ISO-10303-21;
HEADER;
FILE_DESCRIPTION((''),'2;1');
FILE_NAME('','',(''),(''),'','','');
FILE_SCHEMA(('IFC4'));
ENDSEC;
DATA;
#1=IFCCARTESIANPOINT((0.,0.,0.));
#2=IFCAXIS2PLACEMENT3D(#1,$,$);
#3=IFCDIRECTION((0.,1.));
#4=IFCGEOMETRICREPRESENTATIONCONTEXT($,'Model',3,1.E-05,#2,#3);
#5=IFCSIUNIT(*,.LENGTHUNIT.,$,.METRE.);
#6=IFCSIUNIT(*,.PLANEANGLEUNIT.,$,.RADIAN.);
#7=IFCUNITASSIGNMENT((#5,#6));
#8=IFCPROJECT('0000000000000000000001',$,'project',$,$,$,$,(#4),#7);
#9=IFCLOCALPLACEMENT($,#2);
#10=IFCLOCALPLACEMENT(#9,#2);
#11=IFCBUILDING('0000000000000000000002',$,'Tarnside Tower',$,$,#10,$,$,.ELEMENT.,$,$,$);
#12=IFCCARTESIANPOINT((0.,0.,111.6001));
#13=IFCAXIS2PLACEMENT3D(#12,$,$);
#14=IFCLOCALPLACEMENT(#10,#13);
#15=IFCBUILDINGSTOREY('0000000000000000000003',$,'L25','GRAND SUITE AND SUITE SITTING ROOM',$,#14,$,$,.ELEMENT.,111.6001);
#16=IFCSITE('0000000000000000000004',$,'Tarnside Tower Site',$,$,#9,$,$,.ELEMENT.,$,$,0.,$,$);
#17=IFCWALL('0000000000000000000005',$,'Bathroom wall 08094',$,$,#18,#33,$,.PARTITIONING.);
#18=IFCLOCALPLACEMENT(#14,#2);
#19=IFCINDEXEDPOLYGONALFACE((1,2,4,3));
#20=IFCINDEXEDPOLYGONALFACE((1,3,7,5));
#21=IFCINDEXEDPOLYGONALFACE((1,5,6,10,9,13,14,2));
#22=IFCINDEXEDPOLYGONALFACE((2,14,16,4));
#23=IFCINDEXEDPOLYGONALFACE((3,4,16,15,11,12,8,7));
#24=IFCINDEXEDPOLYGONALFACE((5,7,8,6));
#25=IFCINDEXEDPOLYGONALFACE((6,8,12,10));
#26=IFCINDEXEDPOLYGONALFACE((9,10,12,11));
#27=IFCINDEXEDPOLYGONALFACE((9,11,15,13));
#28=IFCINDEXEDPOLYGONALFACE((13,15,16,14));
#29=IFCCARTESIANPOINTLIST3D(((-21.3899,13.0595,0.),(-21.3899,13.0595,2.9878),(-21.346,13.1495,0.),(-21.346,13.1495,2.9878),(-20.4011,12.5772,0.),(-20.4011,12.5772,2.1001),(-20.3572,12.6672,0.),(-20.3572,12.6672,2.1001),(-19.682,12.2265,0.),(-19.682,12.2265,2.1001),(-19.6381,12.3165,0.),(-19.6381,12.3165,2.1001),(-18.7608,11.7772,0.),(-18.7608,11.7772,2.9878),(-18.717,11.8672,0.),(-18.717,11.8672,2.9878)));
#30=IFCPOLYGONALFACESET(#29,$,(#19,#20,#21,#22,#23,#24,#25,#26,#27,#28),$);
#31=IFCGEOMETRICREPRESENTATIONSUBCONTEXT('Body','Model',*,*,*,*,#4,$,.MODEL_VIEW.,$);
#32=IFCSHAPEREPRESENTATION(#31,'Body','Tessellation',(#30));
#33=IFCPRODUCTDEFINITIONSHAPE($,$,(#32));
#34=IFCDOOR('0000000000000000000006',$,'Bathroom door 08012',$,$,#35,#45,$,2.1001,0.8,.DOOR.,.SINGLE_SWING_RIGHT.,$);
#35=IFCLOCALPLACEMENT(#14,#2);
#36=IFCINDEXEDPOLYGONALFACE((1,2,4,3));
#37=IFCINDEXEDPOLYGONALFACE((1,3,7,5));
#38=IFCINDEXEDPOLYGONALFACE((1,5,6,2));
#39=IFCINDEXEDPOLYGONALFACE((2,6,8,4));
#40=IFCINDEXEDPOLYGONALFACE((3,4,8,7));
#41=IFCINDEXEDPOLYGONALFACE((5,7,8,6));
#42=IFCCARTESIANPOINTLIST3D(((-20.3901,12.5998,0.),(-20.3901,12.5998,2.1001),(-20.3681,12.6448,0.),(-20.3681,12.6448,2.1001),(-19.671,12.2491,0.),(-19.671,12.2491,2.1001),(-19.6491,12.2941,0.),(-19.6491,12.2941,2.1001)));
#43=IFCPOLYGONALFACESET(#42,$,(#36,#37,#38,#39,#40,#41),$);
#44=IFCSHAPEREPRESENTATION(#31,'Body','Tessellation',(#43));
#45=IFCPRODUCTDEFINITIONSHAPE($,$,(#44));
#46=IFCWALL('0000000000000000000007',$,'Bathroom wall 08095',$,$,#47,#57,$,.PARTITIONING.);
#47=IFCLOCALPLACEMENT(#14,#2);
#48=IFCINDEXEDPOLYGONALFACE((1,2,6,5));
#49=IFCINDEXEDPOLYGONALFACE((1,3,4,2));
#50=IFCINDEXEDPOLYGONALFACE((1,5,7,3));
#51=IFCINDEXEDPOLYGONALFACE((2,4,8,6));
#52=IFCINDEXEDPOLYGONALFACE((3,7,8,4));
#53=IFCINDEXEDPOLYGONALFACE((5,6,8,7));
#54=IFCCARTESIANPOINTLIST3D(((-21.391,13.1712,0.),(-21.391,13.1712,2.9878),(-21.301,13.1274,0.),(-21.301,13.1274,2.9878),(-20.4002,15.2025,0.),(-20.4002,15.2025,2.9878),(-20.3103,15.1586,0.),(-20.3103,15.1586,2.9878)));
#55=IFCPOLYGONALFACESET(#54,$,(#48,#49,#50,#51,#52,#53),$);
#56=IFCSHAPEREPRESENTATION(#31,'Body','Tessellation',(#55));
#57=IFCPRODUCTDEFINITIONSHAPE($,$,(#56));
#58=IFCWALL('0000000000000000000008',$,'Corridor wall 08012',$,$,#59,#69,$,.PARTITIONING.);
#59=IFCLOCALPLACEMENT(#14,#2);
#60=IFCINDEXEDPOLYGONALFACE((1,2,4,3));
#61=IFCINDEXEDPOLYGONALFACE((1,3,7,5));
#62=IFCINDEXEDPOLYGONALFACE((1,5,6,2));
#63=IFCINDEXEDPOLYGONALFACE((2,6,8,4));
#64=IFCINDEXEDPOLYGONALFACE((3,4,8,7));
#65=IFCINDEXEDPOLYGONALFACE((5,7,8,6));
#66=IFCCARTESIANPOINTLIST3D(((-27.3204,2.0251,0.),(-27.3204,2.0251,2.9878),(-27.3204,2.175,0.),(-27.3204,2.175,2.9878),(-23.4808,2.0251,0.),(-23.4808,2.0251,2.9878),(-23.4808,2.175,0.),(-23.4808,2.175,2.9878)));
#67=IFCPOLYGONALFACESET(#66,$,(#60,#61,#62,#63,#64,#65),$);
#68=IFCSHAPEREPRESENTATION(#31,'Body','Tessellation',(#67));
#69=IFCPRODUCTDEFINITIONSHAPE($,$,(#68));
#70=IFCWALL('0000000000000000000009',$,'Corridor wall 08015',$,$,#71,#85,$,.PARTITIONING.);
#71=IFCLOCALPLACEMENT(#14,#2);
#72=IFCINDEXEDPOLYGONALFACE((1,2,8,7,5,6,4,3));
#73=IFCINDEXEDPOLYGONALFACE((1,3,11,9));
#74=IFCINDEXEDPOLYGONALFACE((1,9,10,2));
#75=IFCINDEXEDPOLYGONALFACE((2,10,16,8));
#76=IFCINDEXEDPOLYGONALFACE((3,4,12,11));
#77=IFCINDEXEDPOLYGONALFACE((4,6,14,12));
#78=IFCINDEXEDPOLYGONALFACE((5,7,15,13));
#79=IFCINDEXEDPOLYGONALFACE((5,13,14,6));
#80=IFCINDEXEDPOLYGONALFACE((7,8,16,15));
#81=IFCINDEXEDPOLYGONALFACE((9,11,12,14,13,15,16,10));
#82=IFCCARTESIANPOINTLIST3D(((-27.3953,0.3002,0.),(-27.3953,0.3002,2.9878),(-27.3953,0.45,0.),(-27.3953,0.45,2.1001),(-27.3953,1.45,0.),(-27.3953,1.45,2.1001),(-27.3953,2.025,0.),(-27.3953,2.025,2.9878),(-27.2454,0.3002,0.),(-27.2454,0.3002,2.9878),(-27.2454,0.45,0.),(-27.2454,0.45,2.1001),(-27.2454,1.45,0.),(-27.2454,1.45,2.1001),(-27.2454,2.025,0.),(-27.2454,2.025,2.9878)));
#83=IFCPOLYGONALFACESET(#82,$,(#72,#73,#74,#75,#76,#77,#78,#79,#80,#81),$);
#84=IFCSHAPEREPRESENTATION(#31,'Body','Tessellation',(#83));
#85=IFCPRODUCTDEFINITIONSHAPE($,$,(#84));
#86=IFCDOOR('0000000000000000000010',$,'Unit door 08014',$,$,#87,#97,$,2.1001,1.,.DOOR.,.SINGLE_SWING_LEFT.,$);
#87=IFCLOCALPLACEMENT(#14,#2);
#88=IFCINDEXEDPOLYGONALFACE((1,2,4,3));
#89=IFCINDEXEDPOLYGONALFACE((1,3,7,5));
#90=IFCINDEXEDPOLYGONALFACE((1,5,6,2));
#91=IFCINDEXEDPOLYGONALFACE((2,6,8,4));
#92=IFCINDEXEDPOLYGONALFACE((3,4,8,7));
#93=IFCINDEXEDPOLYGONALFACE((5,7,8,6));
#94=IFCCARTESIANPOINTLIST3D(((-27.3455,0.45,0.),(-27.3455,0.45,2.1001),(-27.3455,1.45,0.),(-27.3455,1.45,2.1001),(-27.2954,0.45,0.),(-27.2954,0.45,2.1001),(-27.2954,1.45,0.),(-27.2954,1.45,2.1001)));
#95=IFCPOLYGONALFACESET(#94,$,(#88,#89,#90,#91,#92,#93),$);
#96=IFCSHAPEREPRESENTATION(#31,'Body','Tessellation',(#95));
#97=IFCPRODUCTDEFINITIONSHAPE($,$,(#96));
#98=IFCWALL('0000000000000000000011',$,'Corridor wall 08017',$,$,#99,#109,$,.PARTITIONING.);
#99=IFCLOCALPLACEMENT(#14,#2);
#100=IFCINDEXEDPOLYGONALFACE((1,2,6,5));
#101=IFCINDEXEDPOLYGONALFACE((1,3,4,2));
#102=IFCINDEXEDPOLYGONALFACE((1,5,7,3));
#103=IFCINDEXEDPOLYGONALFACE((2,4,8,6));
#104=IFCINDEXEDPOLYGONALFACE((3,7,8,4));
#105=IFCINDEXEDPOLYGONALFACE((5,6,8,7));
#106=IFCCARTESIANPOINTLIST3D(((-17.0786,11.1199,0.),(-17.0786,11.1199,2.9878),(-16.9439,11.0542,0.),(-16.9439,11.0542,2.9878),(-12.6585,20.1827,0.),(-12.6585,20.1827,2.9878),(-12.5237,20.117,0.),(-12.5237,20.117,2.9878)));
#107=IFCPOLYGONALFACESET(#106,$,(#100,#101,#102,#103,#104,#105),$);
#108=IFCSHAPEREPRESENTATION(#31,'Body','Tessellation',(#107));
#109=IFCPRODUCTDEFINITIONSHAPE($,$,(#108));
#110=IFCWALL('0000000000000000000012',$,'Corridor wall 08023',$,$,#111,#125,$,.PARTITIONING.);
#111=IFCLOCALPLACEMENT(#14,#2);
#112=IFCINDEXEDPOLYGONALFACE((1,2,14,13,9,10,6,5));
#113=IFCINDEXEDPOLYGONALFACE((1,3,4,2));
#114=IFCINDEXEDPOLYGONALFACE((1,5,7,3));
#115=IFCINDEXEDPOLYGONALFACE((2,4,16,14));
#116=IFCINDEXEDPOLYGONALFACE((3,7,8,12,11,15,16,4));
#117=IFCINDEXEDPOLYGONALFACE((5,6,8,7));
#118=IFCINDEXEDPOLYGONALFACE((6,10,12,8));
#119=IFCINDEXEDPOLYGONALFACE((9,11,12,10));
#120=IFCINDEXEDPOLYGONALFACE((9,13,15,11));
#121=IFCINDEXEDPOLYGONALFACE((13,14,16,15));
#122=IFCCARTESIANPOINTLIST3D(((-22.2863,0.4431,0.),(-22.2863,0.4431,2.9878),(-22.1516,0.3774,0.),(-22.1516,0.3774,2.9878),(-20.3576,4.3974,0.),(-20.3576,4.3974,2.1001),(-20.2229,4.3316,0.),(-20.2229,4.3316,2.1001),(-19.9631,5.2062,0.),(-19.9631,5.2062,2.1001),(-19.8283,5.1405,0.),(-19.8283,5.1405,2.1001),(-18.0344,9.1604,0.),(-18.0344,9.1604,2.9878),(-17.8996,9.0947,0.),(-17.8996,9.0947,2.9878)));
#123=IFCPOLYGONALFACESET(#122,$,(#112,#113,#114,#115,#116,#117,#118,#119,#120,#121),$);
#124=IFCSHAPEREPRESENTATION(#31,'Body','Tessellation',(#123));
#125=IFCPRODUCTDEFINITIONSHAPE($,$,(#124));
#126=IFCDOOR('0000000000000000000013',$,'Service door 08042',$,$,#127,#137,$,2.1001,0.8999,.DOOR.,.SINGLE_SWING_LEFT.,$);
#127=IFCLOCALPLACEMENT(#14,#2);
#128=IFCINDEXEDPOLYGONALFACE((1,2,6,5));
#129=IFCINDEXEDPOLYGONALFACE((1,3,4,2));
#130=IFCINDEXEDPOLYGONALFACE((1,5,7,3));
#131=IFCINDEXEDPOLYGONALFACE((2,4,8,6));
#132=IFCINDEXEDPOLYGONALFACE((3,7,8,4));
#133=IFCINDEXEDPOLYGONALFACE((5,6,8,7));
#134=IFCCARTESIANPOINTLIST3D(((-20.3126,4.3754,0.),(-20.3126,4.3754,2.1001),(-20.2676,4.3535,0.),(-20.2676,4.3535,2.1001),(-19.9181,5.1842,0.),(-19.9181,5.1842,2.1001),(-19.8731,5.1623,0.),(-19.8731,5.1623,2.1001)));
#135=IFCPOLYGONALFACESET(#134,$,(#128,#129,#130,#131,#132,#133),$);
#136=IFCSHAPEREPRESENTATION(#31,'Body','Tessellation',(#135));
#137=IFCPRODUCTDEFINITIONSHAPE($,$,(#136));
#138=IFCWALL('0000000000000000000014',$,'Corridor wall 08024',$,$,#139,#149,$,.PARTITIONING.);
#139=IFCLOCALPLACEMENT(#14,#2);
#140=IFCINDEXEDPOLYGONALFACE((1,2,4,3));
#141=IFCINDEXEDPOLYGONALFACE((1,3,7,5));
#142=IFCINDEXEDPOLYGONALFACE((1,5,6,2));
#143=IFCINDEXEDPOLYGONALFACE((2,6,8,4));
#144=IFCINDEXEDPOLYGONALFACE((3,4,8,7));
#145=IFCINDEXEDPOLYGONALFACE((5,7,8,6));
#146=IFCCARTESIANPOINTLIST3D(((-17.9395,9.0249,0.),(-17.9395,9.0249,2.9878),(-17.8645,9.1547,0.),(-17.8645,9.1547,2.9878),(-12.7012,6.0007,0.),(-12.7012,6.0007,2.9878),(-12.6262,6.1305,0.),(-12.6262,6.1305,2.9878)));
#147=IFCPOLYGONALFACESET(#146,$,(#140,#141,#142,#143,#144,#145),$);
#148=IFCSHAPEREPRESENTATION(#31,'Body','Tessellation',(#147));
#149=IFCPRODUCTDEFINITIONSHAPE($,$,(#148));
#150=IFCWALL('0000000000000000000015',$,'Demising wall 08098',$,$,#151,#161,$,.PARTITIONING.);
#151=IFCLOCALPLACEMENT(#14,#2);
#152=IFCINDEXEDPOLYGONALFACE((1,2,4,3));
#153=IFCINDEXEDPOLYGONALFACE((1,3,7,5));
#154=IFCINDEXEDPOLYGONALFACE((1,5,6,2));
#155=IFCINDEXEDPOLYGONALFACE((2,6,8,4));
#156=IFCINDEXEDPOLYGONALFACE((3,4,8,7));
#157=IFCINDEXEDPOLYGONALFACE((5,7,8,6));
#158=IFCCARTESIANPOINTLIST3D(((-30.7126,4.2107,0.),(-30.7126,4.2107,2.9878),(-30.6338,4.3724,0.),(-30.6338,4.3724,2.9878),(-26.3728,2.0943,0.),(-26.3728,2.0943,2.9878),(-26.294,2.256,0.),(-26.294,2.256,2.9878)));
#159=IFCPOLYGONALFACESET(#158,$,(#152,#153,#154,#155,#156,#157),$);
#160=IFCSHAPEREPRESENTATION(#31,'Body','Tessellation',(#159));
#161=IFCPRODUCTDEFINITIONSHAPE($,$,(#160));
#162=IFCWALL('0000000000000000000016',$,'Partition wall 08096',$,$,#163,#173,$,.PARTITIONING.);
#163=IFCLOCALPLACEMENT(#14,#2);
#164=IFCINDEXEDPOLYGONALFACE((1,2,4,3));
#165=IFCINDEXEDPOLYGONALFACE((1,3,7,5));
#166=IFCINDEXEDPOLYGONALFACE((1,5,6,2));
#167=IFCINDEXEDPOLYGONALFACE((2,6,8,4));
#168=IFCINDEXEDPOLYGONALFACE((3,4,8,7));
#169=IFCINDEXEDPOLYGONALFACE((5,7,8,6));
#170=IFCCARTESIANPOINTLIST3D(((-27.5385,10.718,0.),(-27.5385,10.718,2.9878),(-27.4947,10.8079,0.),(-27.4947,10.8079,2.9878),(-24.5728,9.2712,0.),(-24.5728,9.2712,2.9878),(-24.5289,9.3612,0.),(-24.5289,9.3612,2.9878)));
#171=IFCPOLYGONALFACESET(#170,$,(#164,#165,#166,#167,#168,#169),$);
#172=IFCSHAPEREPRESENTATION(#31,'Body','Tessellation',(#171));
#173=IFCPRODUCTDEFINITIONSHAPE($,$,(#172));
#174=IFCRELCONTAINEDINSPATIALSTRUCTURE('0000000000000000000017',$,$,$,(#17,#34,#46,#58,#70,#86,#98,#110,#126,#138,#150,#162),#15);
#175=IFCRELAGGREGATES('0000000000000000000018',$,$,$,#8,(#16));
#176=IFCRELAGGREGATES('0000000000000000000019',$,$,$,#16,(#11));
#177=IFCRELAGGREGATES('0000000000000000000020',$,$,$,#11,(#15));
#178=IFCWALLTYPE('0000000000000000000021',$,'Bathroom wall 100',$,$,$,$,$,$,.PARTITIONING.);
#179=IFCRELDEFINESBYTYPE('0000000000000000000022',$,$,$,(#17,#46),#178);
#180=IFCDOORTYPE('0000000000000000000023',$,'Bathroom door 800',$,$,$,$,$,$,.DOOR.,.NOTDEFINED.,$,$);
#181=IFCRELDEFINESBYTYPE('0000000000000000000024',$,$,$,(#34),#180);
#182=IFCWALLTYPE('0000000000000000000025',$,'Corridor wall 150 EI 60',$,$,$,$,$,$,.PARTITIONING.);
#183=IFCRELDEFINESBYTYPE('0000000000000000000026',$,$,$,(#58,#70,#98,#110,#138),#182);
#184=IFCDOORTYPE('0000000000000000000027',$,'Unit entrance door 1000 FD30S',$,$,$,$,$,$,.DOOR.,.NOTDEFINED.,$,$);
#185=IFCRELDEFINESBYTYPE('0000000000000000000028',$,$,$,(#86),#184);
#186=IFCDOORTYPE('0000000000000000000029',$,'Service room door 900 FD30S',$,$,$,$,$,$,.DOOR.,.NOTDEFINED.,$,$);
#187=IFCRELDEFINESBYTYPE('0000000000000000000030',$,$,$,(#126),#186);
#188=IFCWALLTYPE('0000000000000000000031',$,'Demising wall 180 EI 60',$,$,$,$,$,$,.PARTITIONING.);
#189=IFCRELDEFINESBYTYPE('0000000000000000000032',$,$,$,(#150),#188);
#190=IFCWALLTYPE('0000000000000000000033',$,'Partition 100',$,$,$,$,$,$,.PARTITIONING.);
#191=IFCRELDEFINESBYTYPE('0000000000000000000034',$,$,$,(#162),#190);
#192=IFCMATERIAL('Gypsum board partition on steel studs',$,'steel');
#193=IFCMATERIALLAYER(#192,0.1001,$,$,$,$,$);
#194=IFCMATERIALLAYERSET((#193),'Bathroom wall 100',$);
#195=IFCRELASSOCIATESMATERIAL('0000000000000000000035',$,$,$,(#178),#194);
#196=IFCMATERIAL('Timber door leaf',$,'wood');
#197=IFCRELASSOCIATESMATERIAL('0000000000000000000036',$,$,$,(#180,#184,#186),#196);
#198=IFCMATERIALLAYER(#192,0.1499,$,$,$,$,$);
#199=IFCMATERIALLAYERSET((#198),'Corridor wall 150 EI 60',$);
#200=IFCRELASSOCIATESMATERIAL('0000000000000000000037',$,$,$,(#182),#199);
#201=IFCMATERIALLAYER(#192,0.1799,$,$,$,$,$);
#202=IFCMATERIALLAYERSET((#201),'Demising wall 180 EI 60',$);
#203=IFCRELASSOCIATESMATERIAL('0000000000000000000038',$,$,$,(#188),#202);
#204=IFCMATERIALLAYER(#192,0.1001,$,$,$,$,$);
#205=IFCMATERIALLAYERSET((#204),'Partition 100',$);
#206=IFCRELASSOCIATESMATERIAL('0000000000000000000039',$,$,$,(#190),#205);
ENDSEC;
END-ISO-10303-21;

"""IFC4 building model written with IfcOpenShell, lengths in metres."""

from ifc_helpers import new_model, si_unit, direction, frame, frame_2d, origin, place, context, subcontext, project, spatial, rectangle, extrude, material, layer, layer_set, type_object, element, fill, save


model = new_model("IFC4")

# Units and contexts
model_context = context("Model", 3, precision=1e-05, world=origin(), true_north=direction((0.0, 1.0)))
body_context = subcontext(model_context, "Body", "Model", "MODEL_VIEW")
ifc_project = project(units=[si_unit("LENGTHUNIT", "METRE"), si_unit("PLANEANGLEUNIT", "RADIAN")], contexts=[model_context])

# Site, building, storey
site_placement = place(None, origin())
site = spatial("IfcSite", under=ifc_project, at=site_placement, Name="Tarnside Tower Site", CompositionType="ELEMENT", RefElevation=0.0)
building_placement = place(site_placement, origin())
building = spatial("IfcBuilding", under=site, at=building_placement, Name="Tarnside Tower", CompositionType="ELEMENT")
storey_placement = place(building_placement, frame((0.0, 0.0, 111.6001)))
storey = spatial("IfcBuildingStorey", under=building, at=storey_placement, Name="L25", Description="GRAND SUITE AND SUITE SITTING ROOM", CompositionType="ELEMENT", Elevation=111.6001)

# Wall, opening, door
ifc_material_1 = material(Name="Gypsum board partition on steel studs", Category="steel")
ifc_layer_1 = layer(ifc_material_1, 0.1001)
ifc_layer_set_1 = layer_set([ifc_layer_1], Name="Bathroom wall 100")
wall_type_1 = type_object("IfcWallType", Name="Bathroom wall 100", PredefinedType="PARTITIONING", material=ifc_layer_set_1)
wall_1_placement = place(storey_placement, frame((-18.739, 11.8223, 0.0), z_axis=(0.0, 0.0, 1.0), x_axis=(-0.898791, 0.438378, 0.0)))
wall_1 = element("IfcWall", 1, at=wall_1_placement, inside=storey, type_object=wall_type_1, Name="Bathroom wall 08094", PredefinedType="PARTITIONING", context=body_context, shape_type="SweptSolid", body=[
    extrude(rectangle(XDim=2.925, YDim=0.1001, at=frame_2d((1.4624, 0.0))), origin(), (0.0, 0.0, 1.0), 2.9878),
])
opening_1_placement = place(wall_1_placement, frame((1.0249, 0.0, 0.0)))
opening_1 = element("IfcOpeningElement", 2, at=opening_1_placement, cuts=wall_1, PredefinedType="OPENING", context=body_context, shape_type="SweptSolid", body=[
    extrude(rectangle(XDim=0.8, YDim=2.1001, at=frame_2d((0.3999, 1.05))), frame((0.0, 0.0601, 0.0), z_axis=(0.0, -1.0, 0.0), x_axis=(1.0, 0.0, 0.0)), (0.0, 0.0, 1.0), 0.1201),
])
ifc_material_2 = material(Name="Timber door leaf", Category="wood")
door_type_1 = type_object("IfcDoorType", Name="Bathroom door 800", OperationType="NOTDEFINED", PredefinedType="DOOR", material=ifc_material_2)
door_1_placement = place(opening_1_placement, origin())
door_1 = element("IfcDoor", 3, at=door_1_placement, inside=storey, type_object=door_type_1, Name="Bathroom door 08012", OperationType="SINGLE_SWING_RIGHT", OverallHeight=2.1001, OverallWidth=0.8, PredefinedType="DOOR", context=body_context, shape_type="SweptSolid", body=[
    extrude(rectangle(XDim=0.8, YDim=2.1001, at=frame_2d((0.3999, 1.05))), frame((0.0, 0.0249, 0.0), z_axis=(0.0, -1.0, 0.0), x_axis=(1.0, 0.0, 0.0)), (0.0, 0.0, 1.0), 0.05),
])
fill(opening_1, door_1)

# Walls
wall_2_placement = place(storey_placement, frame((-21.3459, 13.1494, 0.0), z_axis=(0.0, 0.0, 1.0), x_axis=(0.438377, 0.898791, 0.0)))
element("IfcWall", 4, at=wall_2_placement, inside=storey, type_object=wall_type_1, Name="Bathroom wall 08095", PredefinedType="PARTITIONING", context=body_context, shape_type="SweptSolid", body=[
    extrude(rectangle(XDim=2.26, YDim=0.1001, at=frame_2d((1.1299, 0.0))), origin(), (0.0, 0.0, 1.0), 2.9878),
])
ifc_layer_2 = layer(ifc_material_1, 0.1499)
ifc_layer_set_2 = layer_set([ifc_layer_2], Name="Corridor wall 150 EI 60")
wall_type_2 = type_object("IfcWallType", Name="Corridor wall 150 EI 60", PredefinedType="PARTITIONING", material=ifc_layer_set_2)
wall_3_placement = place(storey_placement, frame((-23.4807, 2.1001, 0.0), z_axis=(0.0, 0.0, 1.0), x_axis=(-1.0, 0.0, 0.0)))
element("IfcWall", 5, at=wall_3_placement, inside=storey, type_object=wall_type_2, Name="Corridor wall 08012", PredefinedType="PARTITIONING", context=body_context, shape_type="SweptSolid", body=[
    extrude(rectangle(XDim=3.8396, YDim=0.1499, at=frame_2d((1.9199, 0.0))), origin(), (0.0, 0.0, 1.0), 2.9878),
])

# Wall, opening, door
wall_4_placement = place(storey_placement, frame((-27.3203, 2.0249, 0.0), z_axis=(0.0, 0.0, 1.0), x_axis=(0.0, -1.0, 0.0)))
wall_4 = element("IfcWall", 6, at=wall_4_placement, inside=storey, type_object=wall_type_2, Name="Corridor wall 08015", PredefinedType="PARTITIONING", context=body_context, shape_type="SweptSolid", body=[
    extrude(rectangle(XDim=1.7249, YDim=0.1499, at=frame_2d((0.8623, 0.0))), origin(), (0.0, 0.0, 1.0), 2.9878),
])
opening_2_placement = place(wall_4_placement, frame((0.575, 0.0, 0.0)))
opening_2 = element("IfcOpeningElement", 7, at=opening_2_placement, cuts=wall_4, PredefinedType="OPENING", context=body_context, shape_type="SweptSolid", body=[
    extrude(rectangle(XDim=1.0, YDim=2.1001, at=frame_2d((0.5, 1.05))), frame((0.0, 0.085, 0.0), z_axis=(0.0, -1.0, 0.0), x_axis=(1.0, 0.0, 0.0)), (0.0, 0.0, 1.0), 0.1699),
])
door_type_2 = type_object("IfcDoorType", Name="Unit entrance door 1000 FD30S", OperationType="NOTDEFINED", PredefinedType="DOOR", material=ifc_material_2)
door_2_placement = place(opening_2_placement, origin())
door_2 = element("IfcDoor", 8, at=door_2_placement, inside=storey, type_object=door_type_2, Name="Unit door 08014", OperationType="SINGLE_SWING_LEFT", OverallHeight=2.1001, OverallWidth=1.0, PredefinedType="DOOR", context=body_context, shape_type="SweptSolid", body=[
    extrude(rectangle(XDim=1.0, YDim=2.1001, at=frame_2d((0.5, 1.05))), frame((0.0, 0.0249, 0.0), z_axis=(0.0, -1.0, 0.0), x_axis=(1.0, 0.0, 0.0)), (0.0, 0.0, 1.0), 0.05),
])
fill(opening_2, door_2)

# Wall
wall_5_placement = place(storey_placement, frame((-17.0112, 11.0872, 0.0), z_axis=(0.0, 0.0, 1.0), x_axis=(0.438369, 0.898795, 0.0)))
element("IfcWall", 9, at=wall_5_placement, inside=storey, type_object=wall_type_2, Name="Corridor wall 08017", PredefinedType="PARTITIONING", context=body_context, shape_type="SweptSolid", body=[
    extrude(rectangle(XDim=10.0833, YDim=0.1499, at=frame_2d((5.0415, 0.0))), origin(), (0.0, 0.0, 1.0), 2.9878),
])

# Wall, opening, door
wall_6_placement = place(storey_placement, frame((-22.219, 0.4102, 0.0), z_axis=(0.0, 0.0, 1.0), x_axis=(0.438392, 0.898784, 0.0)))
wall_6 = element("IfcWall", 10, at=wall_6_placement, inside=storey, type_object=wall_type_2, Name="Corridor wall 08023", PredefinedType="PARTITIONING", context=body_context, shape_type="SweptSolid", body=[
    extrude(rectangle(XDim=9.699, YDim=0.1499, at=frame_2d((4.8496, 0.0))), origin(), (0.0, 0.0, 1.0), 2.9878),
])
opening_3_placement = place(wall_6_placement, frame((4.3997, 0.0, 0.0)))
opening_3 = element("IfcOpeningElement", 11, at=opening_3_placement, cuts=wall_6, PredefinedType="OPENING", context=body_context, shape_type="SweptSolid", body=[
    extrude(rectangle(XDim=0.8999, YDim=2.1001, at=frame_2d((0.45, 1.05))), frame((0.0, 0.085, 0.0), z_axis=(0.0, -1.0, 0.0), x_axis=(1.0, 0.0, 0.0)), (0.0, 0.0, 1.0), 0.1699),
])
door_type_3 = type_object("IfcDoorType", Name="Service room door 900 FD30S", OperationType="NOTDEFINED", PredefinedType="DOOR", material=ifc_material_2)
door_3_placement = place(opening_3_placement, origin())
door_3 = element("IfcDoor", 12, at=door_3_placement, inside=storey, type_object=door_type_3, Name="Service door 08042", OperationType="SINGLE_SWING_LEFT", OverallHeight=2.1001, OverallWidth=0.8999, PredefinedType="DOOR", context=body_context, shape_type="SweptSolid", body=[
    extrude(rectangle(XDim=0.8999, YDim=2.1001, at=frame_2d((0.45, 1.05))), frame((0.0, 0.0249, 0.0), z_axis=(0.0, -1.0, 0.0), x_axis=(1.0, 0.0, 0.0)), (0.0, 0.0, 1.0), 0.05),
])
fill(opening_3, door_3)

# Walls
wall_7_placement = place(storey_placement, frame((-17.9021, 9.0898, 0.0), z_axis=(0.0, 0.0, 1.0), x_axis=(0.866036, -0.499981, 0.0)))
element("IfcWall", 13, at=wall_7_placement, inside=storey, type_object=wall_type_2, Name="Corridor wall 08024", PredefinedType="PARTITIONING", context=body_context, shape_type="SweptSolid", body=[
    extrude(rectangle(XDim=6.0486, YDim=0.1499, at=frame_2d((3.0244, 0.0))), origin(), (0.0, 0.0, 1.0), 2.9878),
])
ifc_layer_3 = layer(ifc_material_1, 0.1799)
ifc_layer_set_3 = layer_set([ifc_layer_3], Name="Demising wall 180 EI 60")
wall_type_3 = type_object("IfcWallType", Name="Demising wall 180 EI 60", PredefinedType="PARTITIONING", material=ifc_layer_set_3)
wall_8_placement = place(storey_placement, frame((-30.6731, 4.2915, 0.0), z_axis=(0.0, 0.0, 1.0), x_axis=(0.898813, -0.438333, 0.0)))
element("IfcWall", 14, at=wall_8_placement, inside=storey, type_object=wall_type_3, Name="Demising wall 08098", PredefinedType="PARTITIONING", context=body_context, shape_type="SweptSolid", body=[
    extrude(rectangle(XDim=4.8284, YDim=0.1799, at=frame_2d((2.4141, 0.0))), origin(), (0.0, 0.0, 1.0), 2.9878),
])
ifc_layer_4 = layer(ifc_material_1, 0.1001)
ifc_layer_set_4 = layer_set([ifc_layer_4], Name="Partition 100")
wall_type_4 = type_object("IfcWallType", Name="Partition 100", PredefinedType="PARTITIONING", material=ifc_layer_set_4)
wall_9_placement = place(storey_placement, frame((-27.5166, 10.7629, 0.0), z_axis=(0.0, 0.0, 1.0), x_axis=(0.898764, -0.438432, 0.0)))
element("IfcWall", 15, at=wall_9_placement, inside=storey, type_object=wall_type_4, Name="Partition wall 08096", PredefinedType="PARTITIONING", context=body_context, shape_type="SweptSolid", body=[
    extrude(rectangle(XDim=3.2998, YDim=0.1001, at=frame_2d((1.6499, 0.0))), origin(), (0.0, 0.0, 1.0), 2.9878),
])

save(model, "model.ifc")
